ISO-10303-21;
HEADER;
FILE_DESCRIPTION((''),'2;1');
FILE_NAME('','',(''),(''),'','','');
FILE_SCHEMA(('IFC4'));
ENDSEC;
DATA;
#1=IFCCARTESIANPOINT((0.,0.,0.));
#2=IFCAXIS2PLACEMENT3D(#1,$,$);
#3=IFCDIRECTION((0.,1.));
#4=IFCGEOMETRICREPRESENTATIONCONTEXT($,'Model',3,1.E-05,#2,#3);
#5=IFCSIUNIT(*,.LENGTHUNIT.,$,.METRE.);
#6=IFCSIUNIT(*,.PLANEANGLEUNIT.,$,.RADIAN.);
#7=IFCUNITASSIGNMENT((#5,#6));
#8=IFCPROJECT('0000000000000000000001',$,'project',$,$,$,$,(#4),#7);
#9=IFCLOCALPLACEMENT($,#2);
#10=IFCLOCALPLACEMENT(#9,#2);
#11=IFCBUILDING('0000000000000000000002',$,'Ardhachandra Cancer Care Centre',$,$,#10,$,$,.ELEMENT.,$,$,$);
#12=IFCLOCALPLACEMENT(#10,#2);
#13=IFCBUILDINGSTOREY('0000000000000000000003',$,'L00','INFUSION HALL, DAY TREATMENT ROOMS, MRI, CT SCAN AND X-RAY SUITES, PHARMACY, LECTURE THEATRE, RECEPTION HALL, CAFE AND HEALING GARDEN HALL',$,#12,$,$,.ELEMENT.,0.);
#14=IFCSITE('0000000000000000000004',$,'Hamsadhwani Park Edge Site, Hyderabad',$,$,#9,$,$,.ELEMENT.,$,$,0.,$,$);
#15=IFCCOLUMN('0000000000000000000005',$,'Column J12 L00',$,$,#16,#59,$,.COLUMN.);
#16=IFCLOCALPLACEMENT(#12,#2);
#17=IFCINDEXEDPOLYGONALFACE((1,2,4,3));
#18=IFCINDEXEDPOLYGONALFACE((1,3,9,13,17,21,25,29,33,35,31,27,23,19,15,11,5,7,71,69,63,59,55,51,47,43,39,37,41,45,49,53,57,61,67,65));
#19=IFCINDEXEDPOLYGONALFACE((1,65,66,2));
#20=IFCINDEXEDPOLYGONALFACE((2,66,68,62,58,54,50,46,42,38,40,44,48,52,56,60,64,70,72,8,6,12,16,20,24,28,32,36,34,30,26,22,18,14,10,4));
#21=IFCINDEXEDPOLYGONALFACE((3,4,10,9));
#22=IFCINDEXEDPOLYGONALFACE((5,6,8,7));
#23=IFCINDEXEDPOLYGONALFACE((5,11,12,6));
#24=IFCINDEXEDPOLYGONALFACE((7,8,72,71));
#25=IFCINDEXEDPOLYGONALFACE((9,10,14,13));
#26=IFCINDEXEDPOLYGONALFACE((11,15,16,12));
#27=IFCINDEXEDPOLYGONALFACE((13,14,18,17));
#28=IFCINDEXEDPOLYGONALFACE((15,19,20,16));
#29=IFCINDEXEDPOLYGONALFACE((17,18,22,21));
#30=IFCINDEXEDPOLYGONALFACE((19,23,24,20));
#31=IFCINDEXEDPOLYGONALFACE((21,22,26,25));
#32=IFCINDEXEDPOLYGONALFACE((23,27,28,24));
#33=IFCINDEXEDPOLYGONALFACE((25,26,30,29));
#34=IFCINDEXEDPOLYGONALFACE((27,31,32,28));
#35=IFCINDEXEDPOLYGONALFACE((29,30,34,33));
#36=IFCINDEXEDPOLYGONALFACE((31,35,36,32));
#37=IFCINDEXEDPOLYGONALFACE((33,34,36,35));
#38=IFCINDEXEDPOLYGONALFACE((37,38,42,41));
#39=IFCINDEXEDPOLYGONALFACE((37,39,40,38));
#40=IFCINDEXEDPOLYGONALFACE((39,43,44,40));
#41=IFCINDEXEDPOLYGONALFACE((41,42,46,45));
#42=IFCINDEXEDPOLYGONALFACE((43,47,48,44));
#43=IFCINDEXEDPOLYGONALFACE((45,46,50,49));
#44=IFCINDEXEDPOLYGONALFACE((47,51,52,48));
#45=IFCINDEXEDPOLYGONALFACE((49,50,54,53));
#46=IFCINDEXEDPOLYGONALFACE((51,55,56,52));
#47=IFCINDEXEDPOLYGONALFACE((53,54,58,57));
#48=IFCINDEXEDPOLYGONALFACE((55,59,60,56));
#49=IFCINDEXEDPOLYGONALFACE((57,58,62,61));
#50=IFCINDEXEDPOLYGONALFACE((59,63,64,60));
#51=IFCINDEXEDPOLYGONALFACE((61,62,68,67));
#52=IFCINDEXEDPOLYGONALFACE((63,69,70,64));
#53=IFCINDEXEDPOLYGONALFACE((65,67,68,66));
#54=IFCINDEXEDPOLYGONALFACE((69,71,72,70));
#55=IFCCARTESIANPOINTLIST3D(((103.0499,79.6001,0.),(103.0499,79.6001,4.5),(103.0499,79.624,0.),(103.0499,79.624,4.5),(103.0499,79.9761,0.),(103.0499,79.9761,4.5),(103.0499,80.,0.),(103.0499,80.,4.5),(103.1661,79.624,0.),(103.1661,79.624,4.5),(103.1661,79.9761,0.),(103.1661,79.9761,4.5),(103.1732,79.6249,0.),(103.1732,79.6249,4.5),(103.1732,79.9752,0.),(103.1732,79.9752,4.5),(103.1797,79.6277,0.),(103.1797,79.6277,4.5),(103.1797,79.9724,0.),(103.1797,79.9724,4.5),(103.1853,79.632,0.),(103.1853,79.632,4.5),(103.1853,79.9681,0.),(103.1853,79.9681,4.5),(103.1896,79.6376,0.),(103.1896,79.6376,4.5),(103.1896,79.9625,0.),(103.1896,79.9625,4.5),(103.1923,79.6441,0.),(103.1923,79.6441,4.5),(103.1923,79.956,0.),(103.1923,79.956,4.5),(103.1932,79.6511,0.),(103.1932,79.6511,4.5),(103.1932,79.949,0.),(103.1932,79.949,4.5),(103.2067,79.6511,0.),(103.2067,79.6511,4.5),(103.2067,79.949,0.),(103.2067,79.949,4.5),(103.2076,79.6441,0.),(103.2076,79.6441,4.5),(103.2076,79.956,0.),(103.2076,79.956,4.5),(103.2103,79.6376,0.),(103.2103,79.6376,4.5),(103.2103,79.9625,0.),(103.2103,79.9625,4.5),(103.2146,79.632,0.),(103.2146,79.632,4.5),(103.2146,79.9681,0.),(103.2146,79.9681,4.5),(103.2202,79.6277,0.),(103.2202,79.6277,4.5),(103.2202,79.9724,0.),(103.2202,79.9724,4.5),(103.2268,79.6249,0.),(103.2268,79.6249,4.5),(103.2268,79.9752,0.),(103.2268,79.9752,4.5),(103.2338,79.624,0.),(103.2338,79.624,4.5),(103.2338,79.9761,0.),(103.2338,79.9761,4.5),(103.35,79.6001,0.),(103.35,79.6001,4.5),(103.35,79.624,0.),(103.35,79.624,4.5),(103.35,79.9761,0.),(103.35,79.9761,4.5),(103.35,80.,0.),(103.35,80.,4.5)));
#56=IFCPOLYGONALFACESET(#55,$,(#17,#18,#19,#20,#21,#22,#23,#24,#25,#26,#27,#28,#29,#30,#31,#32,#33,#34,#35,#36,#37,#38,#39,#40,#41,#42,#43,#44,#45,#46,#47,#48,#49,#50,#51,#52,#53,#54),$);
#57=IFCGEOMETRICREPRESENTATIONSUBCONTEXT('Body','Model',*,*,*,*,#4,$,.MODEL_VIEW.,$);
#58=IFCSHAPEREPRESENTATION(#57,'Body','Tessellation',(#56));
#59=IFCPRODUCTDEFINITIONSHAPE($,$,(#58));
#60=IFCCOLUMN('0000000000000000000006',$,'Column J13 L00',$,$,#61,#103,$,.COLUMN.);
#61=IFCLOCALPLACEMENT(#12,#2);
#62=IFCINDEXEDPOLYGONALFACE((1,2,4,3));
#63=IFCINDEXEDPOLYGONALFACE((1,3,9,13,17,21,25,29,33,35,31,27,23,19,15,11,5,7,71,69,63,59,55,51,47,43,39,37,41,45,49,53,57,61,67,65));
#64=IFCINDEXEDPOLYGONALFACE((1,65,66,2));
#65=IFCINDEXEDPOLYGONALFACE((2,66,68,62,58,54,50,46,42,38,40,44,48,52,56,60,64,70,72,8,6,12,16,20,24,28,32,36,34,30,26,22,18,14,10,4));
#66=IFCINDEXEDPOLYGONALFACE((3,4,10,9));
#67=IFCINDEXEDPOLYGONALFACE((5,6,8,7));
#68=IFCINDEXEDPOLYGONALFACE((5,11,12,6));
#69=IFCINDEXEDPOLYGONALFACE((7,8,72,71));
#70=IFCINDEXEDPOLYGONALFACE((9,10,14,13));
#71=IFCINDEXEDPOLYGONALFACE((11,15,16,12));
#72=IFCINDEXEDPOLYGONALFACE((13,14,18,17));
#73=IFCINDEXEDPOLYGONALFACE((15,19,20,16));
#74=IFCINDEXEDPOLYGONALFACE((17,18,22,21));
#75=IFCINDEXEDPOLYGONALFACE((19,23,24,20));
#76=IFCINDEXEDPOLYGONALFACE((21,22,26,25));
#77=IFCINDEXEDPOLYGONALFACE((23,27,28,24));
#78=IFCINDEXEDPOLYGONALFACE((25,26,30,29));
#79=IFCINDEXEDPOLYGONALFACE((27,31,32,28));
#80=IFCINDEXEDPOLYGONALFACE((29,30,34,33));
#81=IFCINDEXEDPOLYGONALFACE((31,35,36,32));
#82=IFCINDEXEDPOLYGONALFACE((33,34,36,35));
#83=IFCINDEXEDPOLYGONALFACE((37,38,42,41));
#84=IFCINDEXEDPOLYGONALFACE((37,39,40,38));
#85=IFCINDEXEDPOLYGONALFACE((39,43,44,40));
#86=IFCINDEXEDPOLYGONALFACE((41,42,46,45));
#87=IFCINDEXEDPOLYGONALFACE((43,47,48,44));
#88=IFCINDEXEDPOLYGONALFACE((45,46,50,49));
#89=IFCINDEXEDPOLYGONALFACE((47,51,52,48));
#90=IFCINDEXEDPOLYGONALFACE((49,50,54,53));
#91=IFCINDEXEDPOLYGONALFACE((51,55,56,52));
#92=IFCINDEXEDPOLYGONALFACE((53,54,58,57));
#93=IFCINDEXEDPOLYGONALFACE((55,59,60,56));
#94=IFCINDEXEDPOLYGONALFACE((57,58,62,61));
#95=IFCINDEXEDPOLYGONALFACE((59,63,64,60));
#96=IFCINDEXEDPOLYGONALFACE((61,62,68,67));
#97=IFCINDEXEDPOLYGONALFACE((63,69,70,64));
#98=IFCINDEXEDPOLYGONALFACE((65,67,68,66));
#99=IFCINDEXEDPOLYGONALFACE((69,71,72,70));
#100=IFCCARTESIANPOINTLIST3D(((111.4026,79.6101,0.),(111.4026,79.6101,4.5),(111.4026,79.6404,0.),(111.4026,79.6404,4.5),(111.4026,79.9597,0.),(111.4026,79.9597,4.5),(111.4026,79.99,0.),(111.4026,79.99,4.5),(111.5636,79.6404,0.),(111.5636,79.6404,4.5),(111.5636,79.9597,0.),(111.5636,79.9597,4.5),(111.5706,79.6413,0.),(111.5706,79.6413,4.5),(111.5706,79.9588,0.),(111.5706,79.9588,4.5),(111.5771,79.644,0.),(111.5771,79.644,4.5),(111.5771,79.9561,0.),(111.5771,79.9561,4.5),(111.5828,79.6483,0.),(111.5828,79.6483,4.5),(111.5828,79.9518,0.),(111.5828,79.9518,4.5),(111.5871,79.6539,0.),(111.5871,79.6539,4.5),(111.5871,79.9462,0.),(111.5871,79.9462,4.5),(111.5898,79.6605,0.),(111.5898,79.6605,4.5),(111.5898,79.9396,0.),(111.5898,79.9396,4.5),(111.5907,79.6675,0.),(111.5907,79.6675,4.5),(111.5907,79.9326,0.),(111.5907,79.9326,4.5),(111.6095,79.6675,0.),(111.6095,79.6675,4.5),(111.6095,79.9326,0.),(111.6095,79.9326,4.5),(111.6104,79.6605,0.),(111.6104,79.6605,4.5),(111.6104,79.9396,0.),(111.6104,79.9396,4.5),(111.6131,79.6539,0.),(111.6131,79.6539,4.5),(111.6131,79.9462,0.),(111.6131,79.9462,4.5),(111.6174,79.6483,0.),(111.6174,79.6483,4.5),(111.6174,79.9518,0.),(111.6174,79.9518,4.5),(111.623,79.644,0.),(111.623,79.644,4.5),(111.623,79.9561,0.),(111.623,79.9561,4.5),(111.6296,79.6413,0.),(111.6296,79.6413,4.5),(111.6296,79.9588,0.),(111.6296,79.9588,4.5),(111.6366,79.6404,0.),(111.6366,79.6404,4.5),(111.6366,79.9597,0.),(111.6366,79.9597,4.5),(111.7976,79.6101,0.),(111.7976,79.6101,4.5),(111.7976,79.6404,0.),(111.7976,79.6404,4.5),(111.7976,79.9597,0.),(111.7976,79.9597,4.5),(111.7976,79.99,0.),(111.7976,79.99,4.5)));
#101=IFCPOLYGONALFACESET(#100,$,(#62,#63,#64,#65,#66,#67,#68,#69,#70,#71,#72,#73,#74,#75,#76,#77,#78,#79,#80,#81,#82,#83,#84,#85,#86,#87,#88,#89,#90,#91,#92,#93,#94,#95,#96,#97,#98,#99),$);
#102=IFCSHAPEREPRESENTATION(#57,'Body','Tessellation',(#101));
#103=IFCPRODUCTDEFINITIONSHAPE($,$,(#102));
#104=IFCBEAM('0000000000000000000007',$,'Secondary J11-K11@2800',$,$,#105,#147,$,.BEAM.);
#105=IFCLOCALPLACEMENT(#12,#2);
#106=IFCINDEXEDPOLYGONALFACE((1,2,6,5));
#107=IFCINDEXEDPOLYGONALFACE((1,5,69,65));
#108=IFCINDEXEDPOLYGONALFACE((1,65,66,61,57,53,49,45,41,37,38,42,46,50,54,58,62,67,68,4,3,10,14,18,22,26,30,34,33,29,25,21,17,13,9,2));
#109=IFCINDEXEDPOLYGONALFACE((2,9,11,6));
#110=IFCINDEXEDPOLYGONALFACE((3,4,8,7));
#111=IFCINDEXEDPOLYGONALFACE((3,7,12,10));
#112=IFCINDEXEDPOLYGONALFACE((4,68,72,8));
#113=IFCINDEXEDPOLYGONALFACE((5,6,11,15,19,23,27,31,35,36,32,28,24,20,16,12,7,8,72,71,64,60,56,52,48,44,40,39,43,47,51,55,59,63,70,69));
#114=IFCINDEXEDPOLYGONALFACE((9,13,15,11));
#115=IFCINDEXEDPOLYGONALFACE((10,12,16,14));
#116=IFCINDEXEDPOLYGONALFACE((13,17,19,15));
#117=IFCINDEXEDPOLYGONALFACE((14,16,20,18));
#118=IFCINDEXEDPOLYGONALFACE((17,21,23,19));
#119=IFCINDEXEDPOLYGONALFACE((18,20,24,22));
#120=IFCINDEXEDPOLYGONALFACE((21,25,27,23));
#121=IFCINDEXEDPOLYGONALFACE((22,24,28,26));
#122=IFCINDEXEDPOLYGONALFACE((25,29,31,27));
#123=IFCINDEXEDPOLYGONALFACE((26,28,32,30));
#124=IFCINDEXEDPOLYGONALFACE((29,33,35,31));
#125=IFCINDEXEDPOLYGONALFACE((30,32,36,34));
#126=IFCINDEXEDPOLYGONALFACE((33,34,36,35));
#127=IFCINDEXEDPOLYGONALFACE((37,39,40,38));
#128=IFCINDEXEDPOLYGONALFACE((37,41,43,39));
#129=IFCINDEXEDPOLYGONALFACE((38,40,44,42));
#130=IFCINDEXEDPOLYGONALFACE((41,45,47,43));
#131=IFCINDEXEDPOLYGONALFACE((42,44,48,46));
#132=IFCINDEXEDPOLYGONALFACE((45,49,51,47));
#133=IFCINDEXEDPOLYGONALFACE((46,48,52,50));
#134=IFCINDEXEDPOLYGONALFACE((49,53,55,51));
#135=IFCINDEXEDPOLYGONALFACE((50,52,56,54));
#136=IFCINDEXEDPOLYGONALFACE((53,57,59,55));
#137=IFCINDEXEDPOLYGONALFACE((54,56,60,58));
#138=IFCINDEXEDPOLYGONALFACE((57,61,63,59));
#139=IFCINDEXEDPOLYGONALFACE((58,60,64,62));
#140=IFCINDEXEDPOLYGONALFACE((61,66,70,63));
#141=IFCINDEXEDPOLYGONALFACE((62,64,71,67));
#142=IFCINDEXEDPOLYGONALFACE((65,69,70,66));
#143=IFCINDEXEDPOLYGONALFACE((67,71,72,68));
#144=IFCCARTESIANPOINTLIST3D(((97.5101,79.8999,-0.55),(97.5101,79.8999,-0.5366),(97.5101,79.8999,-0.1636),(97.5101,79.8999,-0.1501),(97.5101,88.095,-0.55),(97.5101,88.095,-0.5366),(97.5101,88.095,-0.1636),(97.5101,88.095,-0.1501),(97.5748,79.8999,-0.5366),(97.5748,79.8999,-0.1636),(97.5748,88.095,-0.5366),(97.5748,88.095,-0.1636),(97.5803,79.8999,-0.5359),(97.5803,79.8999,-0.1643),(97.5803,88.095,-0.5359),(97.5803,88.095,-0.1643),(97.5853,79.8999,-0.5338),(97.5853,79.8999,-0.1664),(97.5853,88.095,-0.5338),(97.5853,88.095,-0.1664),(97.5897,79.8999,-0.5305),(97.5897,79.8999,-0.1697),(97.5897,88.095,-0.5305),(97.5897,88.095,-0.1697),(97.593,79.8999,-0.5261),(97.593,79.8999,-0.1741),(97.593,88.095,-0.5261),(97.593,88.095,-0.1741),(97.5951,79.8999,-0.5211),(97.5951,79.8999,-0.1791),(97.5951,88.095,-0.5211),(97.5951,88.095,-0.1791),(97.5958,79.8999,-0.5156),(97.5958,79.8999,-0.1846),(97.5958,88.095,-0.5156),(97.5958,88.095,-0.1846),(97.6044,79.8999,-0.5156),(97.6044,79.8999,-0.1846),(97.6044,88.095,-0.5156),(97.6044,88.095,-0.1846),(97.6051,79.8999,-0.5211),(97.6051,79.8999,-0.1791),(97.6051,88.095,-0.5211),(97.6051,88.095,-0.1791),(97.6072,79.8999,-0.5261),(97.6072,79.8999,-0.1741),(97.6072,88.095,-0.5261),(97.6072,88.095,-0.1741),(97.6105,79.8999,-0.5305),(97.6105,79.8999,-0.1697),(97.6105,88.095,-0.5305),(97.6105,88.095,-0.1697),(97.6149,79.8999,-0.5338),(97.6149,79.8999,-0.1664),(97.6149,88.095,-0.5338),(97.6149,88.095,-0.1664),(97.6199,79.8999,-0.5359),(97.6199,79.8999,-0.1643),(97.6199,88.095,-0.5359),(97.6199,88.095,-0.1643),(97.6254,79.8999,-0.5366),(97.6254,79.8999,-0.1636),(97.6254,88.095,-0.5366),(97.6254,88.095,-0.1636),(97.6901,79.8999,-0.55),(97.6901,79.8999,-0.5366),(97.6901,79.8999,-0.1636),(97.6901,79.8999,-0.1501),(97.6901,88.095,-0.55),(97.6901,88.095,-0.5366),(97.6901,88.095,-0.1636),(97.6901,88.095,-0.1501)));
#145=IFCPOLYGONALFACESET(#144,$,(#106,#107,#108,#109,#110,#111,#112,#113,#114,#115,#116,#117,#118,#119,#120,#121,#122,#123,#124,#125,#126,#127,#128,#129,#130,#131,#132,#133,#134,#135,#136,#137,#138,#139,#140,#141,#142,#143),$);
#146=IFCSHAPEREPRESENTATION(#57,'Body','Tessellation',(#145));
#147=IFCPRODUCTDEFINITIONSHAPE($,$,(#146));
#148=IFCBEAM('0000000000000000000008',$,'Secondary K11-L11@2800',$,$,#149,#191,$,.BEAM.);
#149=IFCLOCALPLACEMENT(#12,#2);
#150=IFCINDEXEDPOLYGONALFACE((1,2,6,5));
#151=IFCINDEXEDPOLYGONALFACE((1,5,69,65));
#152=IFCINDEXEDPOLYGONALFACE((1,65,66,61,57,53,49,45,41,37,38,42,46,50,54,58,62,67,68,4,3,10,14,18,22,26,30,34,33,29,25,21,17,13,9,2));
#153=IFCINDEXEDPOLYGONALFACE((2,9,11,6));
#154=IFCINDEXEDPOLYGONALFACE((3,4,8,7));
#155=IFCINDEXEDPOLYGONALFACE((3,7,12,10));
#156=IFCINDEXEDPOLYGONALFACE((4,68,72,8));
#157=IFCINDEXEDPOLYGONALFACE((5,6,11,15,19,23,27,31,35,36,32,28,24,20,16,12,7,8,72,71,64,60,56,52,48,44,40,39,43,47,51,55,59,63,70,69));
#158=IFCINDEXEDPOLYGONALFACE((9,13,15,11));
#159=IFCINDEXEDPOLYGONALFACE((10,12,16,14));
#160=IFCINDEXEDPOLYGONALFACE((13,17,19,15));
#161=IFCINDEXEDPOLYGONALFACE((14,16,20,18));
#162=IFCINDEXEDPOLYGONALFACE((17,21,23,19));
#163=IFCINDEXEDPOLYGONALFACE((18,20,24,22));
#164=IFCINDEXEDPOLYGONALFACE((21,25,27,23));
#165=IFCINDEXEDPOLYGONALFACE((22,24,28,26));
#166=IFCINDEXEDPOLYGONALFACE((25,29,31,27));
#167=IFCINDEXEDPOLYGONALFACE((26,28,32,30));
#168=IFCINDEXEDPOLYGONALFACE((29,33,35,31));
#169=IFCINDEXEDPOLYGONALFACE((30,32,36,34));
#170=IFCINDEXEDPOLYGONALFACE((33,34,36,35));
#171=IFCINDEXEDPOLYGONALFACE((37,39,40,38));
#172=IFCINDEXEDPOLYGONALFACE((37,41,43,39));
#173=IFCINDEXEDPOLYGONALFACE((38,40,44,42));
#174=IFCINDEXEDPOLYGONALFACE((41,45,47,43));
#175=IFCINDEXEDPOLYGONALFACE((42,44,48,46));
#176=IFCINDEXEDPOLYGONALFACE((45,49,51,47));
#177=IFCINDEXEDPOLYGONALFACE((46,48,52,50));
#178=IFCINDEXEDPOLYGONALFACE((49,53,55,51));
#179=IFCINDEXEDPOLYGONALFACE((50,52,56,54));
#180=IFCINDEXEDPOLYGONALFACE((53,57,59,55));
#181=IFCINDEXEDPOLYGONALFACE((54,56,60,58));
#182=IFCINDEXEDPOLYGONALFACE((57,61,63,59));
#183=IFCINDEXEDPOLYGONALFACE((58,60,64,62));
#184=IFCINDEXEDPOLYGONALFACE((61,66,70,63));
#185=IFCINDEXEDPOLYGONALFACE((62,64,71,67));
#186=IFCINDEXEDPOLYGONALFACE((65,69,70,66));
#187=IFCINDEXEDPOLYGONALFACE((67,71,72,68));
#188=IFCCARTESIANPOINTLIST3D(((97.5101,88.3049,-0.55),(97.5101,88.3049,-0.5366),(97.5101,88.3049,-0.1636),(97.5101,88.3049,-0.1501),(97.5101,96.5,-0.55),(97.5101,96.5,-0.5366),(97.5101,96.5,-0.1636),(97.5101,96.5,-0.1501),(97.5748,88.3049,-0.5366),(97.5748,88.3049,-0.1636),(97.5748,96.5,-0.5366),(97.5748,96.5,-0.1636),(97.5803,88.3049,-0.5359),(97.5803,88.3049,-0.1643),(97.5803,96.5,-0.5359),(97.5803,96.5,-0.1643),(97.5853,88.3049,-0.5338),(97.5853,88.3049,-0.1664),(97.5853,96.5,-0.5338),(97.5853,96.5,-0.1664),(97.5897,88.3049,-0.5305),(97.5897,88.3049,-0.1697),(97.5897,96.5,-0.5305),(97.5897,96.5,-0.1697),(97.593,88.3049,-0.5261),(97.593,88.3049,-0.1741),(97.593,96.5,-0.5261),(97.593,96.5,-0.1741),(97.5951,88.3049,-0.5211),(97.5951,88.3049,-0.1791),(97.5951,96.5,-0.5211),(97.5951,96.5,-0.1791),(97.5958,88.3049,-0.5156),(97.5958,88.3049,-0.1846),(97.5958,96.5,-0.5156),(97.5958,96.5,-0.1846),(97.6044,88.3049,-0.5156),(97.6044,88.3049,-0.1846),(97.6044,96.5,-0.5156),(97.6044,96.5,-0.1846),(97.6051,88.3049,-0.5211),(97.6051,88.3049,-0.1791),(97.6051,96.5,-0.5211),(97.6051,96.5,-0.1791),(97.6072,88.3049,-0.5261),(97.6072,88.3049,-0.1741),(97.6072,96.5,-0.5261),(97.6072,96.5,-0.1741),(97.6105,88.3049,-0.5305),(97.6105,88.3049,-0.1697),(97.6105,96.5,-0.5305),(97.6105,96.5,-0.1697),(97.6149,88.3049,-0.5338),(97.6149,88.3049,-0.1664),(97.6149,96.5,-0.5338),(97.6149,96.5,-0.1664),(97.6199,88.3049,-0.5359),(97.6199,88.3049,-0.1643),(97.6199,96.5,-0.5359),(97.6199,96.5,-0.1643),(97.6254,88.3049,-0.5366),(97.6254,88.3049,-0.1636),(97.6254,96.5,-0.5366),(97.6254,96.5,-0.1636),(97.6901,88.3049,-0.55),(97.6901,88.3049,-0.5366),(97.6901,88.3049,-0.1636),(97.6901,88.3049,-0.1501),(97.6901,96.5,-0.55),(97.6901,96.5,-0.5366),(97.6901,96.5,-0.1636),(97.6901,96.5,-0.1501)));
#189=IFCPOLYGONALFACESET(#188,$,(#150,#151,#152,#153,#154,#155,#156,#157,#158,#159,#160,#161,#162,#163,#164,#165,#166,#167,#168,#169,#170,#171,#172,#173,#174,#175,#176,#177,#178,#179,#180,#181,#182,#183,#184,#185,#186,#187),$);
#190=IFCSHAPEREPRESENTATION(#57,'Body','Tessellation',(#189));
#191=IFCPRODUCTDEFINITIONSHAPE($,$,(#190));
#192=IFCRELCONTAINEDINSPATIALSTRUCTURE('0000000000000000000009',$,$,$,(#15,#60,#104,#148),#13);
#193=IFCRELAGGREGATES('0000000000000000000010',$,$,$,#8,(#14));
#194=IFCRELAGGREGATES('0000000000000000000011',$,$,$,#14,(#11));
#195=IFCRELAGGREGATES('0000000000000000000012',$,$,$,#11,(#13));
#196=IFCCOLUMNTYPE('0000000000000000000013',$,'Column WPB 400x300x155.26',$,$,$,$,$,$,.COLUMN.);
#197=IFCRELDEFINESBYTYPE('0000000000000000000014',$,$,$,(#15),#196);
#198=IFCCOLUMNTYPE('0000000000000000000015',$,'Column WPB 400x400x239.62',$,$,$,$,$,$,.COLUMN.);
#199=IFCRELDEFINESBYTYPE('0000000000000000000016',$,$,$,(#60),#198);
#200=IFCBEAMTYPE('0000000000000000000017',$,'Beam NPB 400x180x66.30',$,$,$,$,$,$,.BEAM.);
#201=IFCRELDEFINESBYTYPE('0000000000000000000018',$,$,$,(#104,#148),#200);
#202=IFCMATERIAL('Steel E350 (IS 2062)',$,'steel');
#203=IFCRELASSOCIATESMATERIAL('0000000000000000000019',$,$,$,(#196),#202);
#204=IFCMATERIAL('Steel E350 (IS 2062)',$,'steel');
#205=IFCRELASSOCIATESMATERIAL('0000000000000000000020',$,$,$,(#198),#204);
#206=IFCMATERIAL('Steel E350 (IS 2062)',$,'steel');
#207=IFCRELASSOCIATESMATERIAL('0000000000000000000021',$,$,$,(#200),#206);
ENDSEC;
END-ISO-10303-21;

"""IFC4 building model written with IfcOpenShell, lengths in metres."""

from ifc_helpers import new_model, si_unit, direction, frame, origin, origin_2d, place, context, subcontext, project, spatial, i_section, extrude, material, material_profile, profile_set, type_object, element, save


model = new_model("IFC4")

# Units and contexts
model_context = context("Model", 3, precision=1e-05, world=origin(), true_north=direction((0.0, 1.0)))
body_context = subcontext(model_context, "Body", "Model", "MODEL_VIEW")
ifc_project = project(units=[si_unit("LENGTHUNIT", "METRE"), si_unit("PLANEANGLEUNIT", "RADIAN")], contexts=[model_context])

# Site, building, storey
site_placement = place(None, origin())
site = spatial("IfcSite", under=ifc_project, at=site_placement, Name="Hamsadhwani Park Edge Site, Hyderabad", CompositionType="ELEMENT", RefElevation=0.0)
building_placement = place(site_placement, origin())
building = spatial("IfcBuilding", under=site, at=building_placement, Name="Ardhachandra Cancer Care Centre", CompositionType="ELEMENT")
storey_placement = place(building_placement, origin())
storey = spatial("IfcBuildingStorey", under=building, at=storey_placement, Name="L00", Description="INFUSION HALL, DAY TREATMENT ROOMS, MRI, CT SCAN AND X-RAY SUITES, PHARMACY, LECTURE THEATRE, RECEPTION HALL, CAFE AND HEALING GARDEN HALL", CompositionType="ELEMENT", Elevation=0.0)

# Columns
ifc_material_1 = material(Name="Steel E350 (IS 2062)", Category="steel")
ifc_material_profile_1 = material_profile(ifc_material_1, i_section(OverallWidth=0.3, OverallDepth=0.3999, WebThickness=0.0134, FlangeThickness=0.0239, FilletRadius=0.0271, at=origin_2d()), Name="WPB 400x300x155.26")
ifc_profile_set_1 = profile_set([ifc_material_profile_1], Name="Steel E350 (IS 2062)")
column_type_1 = type_object("IfcColumnType", Name="Column WPB 400x300x155.26", PredefinedType="COLUMN", material=ifc_profile_set_1)
column_1_placement = place(storey_placement, frame((103.2, 79.8, 0.0), z_axis=(0.0, 0.0, 1.0), x_axis=(1.0, 0.0, 0.0)))
element("IfcColumn", 1, at=column_1_placement, inside=storey, type_object=column_type_1, Name="Column J12 L00", PredefinedType="COLUMN", context=body_context, shape_type="SweptSolid", body=[
    extrude(i_section(OverallWidth=0.3, OverallDepth=0.3999, WebThickness=0.0134, FlangeThickness=0.0239, FilletRadius=0.0271, at=origin_2d()), origin(), (0.0, 0.0, 1.0), 4.5),
])
ifc_material_2 = material(Name="Steel E350 (IS 2062)", Category="steel")
ifc_material_profile_2 = material_profile(ifc_material_2, i_section(OverallWidth=0.395, OverallDepth=0.3799, WebThickness=0.0188, FlangeThickness=0.0303, FilletRadius=0.0271, at=origin_2d()), Name="WPB 400x400x239.62")
ifc_profile_set_2 = profile_set([ifc_material_profile_2], Name="Steel E350 (IS 2062)")
column_type_2 = type_object("IfcColumnType", Name="Column WPB 400x400x239.62", PredefinedType="COLUMN", material=ifc_profile_set_2)
column_2_placement = place(storey_placement, frame((111.6001, 79.8, 0.0), z_axis=(0.0, 0.0, 1.0), x_axis=(1.0, 0.0, 0.0)))
element("IfcColumn", 2, at=column_2_placement, inside=storey, type_object=column_type_2, Name="Column J13 L00", PredefinedType="COLUMN", context=body_context, shape_type="SweptSolid", body=[
    extrude(i_section(OverallWidth=0.395, OverallDepth=0.3799, WebThickness=0.0188, FlangeThickness=0.0303, FilletRadius=0.0271, at=origin_2d()), origin(), (0.0, 0.0, 1.0), 4.5),
])

# Beams
ifc_material_3 = material(Name="Steel E350 (IS 2062)", Category="steel")
ifc_material_profile_3 = material_profile(ifc_material_3, i_section(OverallWidth=0.1799, OverallDepth=0.3999, WebThickness=0.0085, FlangeThickness=0.0134, FilletRadius=0.021, at=origin_2d()), Name="NPB 400x180x66.30")
ifc_profile_set_3 = profile_set([ifc_material_profile_3], Name="Steel E350 (IS 2062)")
beam_type_1 = type_object("IfcBeamType", Name="Beam NPB 400x180x66.30", PredefinedType="BEAM", material=ifc_profile_set_3)
for number, where, z_axis, x_axis, name in (
    (3, (97.6001, 79.8999, -0.3501), (0.0, 1.0, 0.0), (-1.0, 0.0, 0.0), "Secondary J11-K11@2800"),
    (4, (97.6001, 88.3049, -0.3501), (0.0, 1.0, 0.0), (-1.0, 0.0, 0.0), "Secondary K11-L11@2800"),
):
    element("IfcBeam", number, at=place(storey_placement, frame(where, z_axis=z_axis, x_axis=x_axis)), inside=storey, type_object=beam_type_1, Name=name, PredefinedType="BEAM", context=body_context, shape_type="SweptSolid", body=[
        extrude(i_section(OverallWidth=0.1799, OverallDepth=0.3999, WebThickness=0.0085, FlangeThickness=0.0134, FilletRadius=0.021, at=origin_2d()), origin(), (0.0, 0.0, 1.0), 8.1951),
    ])

save(model, "model.ifc")
